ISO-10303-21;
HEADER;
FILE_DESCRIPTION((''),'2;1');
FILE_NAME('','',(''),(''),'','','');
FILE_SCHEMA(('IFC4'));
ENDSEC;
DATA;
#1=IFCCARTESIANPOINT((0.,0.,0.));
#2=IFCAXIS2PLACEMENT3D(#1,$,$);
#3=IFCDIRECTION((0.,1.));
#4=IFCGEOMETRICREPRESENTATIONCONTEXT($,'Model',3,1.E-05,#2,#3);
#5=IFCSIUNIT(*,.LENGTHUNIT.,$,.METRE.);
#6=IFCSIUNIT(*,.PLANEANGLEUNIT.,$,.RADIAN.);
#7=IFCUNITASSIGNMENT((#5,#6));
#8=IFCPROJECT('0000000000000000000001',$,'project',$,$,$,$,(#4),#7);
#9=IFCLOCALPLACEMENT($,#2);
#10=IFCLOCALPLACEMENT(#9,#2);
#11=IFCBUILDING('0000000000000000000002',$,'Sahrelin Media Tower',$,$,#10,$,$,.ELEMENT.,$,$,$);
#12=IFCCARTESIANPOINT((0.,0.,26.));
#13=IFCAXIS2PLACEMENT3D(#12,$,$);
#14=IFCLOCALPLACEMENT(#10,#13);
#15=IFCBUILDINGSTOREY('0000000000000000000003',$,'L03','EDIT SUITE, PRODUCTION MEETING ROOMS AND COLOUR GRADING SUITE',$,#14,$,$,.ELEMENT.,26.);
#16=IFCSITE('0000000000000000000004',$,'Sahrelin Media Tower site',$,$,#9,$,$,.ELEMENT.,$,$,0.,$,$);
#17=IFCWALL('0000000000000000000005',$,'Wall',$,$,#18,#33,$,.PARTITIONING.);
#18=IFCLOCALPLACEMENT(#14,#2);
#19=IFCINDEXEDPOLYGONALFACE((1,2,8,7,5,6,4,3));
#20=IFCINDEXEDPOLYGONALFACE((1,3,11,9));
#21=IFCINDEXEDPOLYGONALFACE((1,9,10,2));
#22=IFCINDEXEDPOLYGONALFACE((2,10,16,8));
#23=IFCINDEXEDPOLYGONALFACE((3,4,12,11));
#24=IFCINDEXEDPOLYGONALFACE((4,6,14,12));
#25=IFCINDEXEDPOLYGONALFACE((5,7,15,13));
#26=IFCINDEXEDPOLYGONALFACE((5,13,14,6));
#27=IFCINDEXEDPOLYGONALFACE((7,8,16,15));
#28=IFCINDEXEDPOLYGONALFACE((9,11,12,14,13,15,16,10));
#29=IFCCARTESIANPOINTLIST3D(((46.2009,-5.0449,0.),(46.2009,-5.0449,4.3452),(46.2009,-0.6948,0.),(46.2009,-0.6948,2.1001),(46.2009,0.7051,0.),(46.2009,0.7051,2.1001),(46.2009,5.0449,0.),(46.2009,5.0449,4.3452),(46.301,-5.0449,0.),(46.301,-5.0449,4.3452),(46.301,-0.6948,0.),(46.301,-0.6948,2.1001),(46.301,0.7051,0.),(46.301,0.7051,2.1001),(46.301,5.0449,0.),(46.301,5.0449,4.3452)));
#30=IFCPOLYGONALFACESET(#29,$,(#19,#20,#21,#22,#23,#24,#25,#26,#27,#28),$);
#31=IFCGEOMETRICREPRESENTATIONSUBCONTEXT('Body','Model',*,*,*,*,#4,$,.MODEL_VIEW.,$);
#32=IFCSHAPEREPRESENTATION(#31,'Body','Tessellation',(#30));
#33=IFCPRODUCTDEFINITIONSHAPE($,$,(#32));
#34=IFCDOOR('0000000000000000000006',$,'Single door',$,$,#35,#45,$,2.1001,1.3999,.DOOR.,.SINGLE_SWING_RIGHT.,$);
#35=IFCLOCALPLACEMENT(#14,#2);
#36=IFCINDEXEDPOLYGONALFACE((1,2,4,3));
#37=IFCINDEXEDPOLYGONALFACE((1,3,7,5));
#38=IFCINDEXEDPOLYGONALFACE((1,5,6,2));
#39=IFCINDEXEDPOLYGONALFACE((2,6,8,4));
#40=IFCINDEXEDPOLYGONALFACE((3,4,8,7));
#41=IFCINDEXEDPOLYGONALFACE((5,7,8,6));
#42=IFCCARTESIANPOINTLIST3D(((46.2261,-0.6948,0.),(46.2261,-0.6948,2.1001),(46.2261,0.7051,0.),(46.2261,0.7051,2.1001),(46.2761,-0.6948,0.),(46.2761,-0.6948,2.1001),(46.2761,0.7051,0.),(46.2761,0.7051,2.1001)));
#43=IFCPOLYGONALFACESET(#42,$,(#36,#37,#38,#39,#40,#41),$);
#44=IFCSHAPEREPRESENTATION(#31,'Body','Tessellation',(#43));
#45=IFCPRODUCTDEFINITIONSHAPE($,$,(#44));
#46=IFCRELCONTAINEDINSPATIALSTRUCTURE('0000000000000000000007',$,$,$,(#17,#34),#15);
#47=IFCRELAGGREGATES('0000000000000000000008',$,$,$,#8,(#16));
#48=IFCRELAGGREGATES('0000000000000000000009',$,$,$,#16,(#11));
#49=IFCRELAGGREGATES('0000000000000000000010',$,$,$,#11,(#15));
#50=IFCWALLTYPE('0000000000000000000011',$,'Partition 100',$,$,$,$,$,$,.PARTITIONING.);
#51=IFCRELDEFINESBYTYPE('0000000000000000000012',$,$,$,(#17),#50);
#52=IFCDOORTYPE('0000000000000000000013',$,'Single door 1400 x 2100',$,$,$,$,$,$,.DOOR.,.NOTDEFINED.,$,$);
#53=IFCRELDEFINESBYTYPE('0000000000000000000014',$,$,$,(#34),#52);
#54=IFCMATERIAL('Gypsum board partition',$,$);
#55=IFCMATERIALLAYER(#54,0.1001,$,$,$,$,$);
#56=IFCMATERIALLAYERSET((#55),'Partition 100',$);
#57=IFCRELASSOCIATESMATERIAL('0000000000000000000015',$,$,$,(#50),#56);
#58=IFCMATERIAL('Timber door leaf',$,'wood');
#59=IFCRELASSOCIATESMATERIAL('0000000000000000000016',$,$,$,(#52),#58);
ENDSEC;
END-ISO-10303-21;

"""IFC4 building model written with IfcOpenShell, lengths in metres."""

from ifc_helpers import new_model, si_unit, direction, frame, frame_2d, origin, place, context, subcontext, project, spatial, rectangle, extrude, material, layer, layer_set, type_object, element, fill, save


model = new_model("IFC4")

# Units and contexts
model_context = context("Model", 3, precision=1e-05, world=origin(), true_north=direction((0.0, 1.0)))
body_context = subcontext(model_context, "Body", "Model", "MODEL_VIEW")
ifc_project = project(units=[si_unit("LENGTHUNIT", "METRE"), si_unit("PLANEANGLEUNIT", "RADIAN")], contexts=[model_context])

# Site, building, storey
site_placement = place(None, origin())
site = spatial("IfcSite", under=ifc_project, at=site_placement, Name="Sahrelin Media Tower site", CompositionType="ELEMENT", RefElevation=0.0)
building_placement = place(site_placement, origin())
building = spatial("IfcBuilding", under=site, at=building_placement, Name="Sahrelin Media Tower", CompositionType="ELEMENT")
storey_placement = place(building_placement, frame((0.0, 0.0, 26.0)))
storey = spatial("IfcBuildingStorey", under=building, at=storey_placement, Name="L03", Description="EDIT SUITE, PRODUCTION MEETING ROOMS AND COLOUR GRADING SUITE", CompositionType="ELEMENT", Elevation=26.0)

# Wall, opening, door
ifc_material_1 = material(Name="Gypsum board partition")
ifc_layer_1 = layer(ifc_material_1, 0.1001)
ifc_layer_set_1 = layer_set([ifc_layer_1], Name="Partition 100")
wall_type = type_object("IfcWallType", Name="Partition 100", PredefinedType="PARTITIONING", material=ifc_layer_set_1)
wall_placement = place(storey_placement, frame((46.251, -5.0449, 0.0), z_axis=(0.0, 0.0, 1.0), x_axis=(0.0, 1.0, 0.0)))
wall = element("IfcWall", 1, at=wall_placement, inside=storey, type_object=wall_type, Name="Wall", PredefinedType="PARTITIONING", context=body_context, shape_type="SweptSolid", body=[
    extrude(rectangle(XDim=10.0898, YDim=0.1001, at=frame_2d((5.0449, 0.0))), origin(), (0.0, 0.0, 1.0), 4.3452),
])
opening_placement = place(wall_placement, frame((4.3501, 0.0, 0.0)))
opening = element("IfcOpeningElement", 2, at=opening_placement, cuts=wall, PredefinedType="OPENING", context=body_context, shape_type="SweptSolid", body=[
    extrude(rectangle(XDim=1.3999, YDim=2.1001, at=frame_2d((0.7, 1.05))), frame((0.0, 0.05, 0.0), z_axis=(0.0, -1.0, 0.0), x_axis=(1.0, 0.0, 0.0)), (0.0, 0.0, 1.0), 0.1001),
])
ifc_material_2 = material(Name="Timber door leaf", Category="wood")
door_type = type_object("IfcDoorType", Name="Single door 1400 x 2100", OperationType="NOTDEFINED", PredefinedType="DOOR", material=ifc_material_2)
door_placement = place(opening_placement, origin())
door = element("IfcDoor", 3, at=door_placement, inside=storey, type_object=door_type, Name="Single door", OperationType="SINGLE_SWING_RIGHT", OverallHeight=2.1001, OverallWidth=1.3999, PredefinedType="DOOR", context=body_context, shape_type="SweptSolid", body=[
    extrude(rectangle(XDim=1.3999, YDim=2.1001, at=frame_2d((0.7, 1.05))), frame((0.0, 0.0249, 0.0), z_axis=(0.0, -1.0, 0.0), x_axis=(1.0, 0.0, 0.0)), (0.0, 0.0, 1.0), 0.05),
])
fill(opening, door)

save(model, "model.ifc")
